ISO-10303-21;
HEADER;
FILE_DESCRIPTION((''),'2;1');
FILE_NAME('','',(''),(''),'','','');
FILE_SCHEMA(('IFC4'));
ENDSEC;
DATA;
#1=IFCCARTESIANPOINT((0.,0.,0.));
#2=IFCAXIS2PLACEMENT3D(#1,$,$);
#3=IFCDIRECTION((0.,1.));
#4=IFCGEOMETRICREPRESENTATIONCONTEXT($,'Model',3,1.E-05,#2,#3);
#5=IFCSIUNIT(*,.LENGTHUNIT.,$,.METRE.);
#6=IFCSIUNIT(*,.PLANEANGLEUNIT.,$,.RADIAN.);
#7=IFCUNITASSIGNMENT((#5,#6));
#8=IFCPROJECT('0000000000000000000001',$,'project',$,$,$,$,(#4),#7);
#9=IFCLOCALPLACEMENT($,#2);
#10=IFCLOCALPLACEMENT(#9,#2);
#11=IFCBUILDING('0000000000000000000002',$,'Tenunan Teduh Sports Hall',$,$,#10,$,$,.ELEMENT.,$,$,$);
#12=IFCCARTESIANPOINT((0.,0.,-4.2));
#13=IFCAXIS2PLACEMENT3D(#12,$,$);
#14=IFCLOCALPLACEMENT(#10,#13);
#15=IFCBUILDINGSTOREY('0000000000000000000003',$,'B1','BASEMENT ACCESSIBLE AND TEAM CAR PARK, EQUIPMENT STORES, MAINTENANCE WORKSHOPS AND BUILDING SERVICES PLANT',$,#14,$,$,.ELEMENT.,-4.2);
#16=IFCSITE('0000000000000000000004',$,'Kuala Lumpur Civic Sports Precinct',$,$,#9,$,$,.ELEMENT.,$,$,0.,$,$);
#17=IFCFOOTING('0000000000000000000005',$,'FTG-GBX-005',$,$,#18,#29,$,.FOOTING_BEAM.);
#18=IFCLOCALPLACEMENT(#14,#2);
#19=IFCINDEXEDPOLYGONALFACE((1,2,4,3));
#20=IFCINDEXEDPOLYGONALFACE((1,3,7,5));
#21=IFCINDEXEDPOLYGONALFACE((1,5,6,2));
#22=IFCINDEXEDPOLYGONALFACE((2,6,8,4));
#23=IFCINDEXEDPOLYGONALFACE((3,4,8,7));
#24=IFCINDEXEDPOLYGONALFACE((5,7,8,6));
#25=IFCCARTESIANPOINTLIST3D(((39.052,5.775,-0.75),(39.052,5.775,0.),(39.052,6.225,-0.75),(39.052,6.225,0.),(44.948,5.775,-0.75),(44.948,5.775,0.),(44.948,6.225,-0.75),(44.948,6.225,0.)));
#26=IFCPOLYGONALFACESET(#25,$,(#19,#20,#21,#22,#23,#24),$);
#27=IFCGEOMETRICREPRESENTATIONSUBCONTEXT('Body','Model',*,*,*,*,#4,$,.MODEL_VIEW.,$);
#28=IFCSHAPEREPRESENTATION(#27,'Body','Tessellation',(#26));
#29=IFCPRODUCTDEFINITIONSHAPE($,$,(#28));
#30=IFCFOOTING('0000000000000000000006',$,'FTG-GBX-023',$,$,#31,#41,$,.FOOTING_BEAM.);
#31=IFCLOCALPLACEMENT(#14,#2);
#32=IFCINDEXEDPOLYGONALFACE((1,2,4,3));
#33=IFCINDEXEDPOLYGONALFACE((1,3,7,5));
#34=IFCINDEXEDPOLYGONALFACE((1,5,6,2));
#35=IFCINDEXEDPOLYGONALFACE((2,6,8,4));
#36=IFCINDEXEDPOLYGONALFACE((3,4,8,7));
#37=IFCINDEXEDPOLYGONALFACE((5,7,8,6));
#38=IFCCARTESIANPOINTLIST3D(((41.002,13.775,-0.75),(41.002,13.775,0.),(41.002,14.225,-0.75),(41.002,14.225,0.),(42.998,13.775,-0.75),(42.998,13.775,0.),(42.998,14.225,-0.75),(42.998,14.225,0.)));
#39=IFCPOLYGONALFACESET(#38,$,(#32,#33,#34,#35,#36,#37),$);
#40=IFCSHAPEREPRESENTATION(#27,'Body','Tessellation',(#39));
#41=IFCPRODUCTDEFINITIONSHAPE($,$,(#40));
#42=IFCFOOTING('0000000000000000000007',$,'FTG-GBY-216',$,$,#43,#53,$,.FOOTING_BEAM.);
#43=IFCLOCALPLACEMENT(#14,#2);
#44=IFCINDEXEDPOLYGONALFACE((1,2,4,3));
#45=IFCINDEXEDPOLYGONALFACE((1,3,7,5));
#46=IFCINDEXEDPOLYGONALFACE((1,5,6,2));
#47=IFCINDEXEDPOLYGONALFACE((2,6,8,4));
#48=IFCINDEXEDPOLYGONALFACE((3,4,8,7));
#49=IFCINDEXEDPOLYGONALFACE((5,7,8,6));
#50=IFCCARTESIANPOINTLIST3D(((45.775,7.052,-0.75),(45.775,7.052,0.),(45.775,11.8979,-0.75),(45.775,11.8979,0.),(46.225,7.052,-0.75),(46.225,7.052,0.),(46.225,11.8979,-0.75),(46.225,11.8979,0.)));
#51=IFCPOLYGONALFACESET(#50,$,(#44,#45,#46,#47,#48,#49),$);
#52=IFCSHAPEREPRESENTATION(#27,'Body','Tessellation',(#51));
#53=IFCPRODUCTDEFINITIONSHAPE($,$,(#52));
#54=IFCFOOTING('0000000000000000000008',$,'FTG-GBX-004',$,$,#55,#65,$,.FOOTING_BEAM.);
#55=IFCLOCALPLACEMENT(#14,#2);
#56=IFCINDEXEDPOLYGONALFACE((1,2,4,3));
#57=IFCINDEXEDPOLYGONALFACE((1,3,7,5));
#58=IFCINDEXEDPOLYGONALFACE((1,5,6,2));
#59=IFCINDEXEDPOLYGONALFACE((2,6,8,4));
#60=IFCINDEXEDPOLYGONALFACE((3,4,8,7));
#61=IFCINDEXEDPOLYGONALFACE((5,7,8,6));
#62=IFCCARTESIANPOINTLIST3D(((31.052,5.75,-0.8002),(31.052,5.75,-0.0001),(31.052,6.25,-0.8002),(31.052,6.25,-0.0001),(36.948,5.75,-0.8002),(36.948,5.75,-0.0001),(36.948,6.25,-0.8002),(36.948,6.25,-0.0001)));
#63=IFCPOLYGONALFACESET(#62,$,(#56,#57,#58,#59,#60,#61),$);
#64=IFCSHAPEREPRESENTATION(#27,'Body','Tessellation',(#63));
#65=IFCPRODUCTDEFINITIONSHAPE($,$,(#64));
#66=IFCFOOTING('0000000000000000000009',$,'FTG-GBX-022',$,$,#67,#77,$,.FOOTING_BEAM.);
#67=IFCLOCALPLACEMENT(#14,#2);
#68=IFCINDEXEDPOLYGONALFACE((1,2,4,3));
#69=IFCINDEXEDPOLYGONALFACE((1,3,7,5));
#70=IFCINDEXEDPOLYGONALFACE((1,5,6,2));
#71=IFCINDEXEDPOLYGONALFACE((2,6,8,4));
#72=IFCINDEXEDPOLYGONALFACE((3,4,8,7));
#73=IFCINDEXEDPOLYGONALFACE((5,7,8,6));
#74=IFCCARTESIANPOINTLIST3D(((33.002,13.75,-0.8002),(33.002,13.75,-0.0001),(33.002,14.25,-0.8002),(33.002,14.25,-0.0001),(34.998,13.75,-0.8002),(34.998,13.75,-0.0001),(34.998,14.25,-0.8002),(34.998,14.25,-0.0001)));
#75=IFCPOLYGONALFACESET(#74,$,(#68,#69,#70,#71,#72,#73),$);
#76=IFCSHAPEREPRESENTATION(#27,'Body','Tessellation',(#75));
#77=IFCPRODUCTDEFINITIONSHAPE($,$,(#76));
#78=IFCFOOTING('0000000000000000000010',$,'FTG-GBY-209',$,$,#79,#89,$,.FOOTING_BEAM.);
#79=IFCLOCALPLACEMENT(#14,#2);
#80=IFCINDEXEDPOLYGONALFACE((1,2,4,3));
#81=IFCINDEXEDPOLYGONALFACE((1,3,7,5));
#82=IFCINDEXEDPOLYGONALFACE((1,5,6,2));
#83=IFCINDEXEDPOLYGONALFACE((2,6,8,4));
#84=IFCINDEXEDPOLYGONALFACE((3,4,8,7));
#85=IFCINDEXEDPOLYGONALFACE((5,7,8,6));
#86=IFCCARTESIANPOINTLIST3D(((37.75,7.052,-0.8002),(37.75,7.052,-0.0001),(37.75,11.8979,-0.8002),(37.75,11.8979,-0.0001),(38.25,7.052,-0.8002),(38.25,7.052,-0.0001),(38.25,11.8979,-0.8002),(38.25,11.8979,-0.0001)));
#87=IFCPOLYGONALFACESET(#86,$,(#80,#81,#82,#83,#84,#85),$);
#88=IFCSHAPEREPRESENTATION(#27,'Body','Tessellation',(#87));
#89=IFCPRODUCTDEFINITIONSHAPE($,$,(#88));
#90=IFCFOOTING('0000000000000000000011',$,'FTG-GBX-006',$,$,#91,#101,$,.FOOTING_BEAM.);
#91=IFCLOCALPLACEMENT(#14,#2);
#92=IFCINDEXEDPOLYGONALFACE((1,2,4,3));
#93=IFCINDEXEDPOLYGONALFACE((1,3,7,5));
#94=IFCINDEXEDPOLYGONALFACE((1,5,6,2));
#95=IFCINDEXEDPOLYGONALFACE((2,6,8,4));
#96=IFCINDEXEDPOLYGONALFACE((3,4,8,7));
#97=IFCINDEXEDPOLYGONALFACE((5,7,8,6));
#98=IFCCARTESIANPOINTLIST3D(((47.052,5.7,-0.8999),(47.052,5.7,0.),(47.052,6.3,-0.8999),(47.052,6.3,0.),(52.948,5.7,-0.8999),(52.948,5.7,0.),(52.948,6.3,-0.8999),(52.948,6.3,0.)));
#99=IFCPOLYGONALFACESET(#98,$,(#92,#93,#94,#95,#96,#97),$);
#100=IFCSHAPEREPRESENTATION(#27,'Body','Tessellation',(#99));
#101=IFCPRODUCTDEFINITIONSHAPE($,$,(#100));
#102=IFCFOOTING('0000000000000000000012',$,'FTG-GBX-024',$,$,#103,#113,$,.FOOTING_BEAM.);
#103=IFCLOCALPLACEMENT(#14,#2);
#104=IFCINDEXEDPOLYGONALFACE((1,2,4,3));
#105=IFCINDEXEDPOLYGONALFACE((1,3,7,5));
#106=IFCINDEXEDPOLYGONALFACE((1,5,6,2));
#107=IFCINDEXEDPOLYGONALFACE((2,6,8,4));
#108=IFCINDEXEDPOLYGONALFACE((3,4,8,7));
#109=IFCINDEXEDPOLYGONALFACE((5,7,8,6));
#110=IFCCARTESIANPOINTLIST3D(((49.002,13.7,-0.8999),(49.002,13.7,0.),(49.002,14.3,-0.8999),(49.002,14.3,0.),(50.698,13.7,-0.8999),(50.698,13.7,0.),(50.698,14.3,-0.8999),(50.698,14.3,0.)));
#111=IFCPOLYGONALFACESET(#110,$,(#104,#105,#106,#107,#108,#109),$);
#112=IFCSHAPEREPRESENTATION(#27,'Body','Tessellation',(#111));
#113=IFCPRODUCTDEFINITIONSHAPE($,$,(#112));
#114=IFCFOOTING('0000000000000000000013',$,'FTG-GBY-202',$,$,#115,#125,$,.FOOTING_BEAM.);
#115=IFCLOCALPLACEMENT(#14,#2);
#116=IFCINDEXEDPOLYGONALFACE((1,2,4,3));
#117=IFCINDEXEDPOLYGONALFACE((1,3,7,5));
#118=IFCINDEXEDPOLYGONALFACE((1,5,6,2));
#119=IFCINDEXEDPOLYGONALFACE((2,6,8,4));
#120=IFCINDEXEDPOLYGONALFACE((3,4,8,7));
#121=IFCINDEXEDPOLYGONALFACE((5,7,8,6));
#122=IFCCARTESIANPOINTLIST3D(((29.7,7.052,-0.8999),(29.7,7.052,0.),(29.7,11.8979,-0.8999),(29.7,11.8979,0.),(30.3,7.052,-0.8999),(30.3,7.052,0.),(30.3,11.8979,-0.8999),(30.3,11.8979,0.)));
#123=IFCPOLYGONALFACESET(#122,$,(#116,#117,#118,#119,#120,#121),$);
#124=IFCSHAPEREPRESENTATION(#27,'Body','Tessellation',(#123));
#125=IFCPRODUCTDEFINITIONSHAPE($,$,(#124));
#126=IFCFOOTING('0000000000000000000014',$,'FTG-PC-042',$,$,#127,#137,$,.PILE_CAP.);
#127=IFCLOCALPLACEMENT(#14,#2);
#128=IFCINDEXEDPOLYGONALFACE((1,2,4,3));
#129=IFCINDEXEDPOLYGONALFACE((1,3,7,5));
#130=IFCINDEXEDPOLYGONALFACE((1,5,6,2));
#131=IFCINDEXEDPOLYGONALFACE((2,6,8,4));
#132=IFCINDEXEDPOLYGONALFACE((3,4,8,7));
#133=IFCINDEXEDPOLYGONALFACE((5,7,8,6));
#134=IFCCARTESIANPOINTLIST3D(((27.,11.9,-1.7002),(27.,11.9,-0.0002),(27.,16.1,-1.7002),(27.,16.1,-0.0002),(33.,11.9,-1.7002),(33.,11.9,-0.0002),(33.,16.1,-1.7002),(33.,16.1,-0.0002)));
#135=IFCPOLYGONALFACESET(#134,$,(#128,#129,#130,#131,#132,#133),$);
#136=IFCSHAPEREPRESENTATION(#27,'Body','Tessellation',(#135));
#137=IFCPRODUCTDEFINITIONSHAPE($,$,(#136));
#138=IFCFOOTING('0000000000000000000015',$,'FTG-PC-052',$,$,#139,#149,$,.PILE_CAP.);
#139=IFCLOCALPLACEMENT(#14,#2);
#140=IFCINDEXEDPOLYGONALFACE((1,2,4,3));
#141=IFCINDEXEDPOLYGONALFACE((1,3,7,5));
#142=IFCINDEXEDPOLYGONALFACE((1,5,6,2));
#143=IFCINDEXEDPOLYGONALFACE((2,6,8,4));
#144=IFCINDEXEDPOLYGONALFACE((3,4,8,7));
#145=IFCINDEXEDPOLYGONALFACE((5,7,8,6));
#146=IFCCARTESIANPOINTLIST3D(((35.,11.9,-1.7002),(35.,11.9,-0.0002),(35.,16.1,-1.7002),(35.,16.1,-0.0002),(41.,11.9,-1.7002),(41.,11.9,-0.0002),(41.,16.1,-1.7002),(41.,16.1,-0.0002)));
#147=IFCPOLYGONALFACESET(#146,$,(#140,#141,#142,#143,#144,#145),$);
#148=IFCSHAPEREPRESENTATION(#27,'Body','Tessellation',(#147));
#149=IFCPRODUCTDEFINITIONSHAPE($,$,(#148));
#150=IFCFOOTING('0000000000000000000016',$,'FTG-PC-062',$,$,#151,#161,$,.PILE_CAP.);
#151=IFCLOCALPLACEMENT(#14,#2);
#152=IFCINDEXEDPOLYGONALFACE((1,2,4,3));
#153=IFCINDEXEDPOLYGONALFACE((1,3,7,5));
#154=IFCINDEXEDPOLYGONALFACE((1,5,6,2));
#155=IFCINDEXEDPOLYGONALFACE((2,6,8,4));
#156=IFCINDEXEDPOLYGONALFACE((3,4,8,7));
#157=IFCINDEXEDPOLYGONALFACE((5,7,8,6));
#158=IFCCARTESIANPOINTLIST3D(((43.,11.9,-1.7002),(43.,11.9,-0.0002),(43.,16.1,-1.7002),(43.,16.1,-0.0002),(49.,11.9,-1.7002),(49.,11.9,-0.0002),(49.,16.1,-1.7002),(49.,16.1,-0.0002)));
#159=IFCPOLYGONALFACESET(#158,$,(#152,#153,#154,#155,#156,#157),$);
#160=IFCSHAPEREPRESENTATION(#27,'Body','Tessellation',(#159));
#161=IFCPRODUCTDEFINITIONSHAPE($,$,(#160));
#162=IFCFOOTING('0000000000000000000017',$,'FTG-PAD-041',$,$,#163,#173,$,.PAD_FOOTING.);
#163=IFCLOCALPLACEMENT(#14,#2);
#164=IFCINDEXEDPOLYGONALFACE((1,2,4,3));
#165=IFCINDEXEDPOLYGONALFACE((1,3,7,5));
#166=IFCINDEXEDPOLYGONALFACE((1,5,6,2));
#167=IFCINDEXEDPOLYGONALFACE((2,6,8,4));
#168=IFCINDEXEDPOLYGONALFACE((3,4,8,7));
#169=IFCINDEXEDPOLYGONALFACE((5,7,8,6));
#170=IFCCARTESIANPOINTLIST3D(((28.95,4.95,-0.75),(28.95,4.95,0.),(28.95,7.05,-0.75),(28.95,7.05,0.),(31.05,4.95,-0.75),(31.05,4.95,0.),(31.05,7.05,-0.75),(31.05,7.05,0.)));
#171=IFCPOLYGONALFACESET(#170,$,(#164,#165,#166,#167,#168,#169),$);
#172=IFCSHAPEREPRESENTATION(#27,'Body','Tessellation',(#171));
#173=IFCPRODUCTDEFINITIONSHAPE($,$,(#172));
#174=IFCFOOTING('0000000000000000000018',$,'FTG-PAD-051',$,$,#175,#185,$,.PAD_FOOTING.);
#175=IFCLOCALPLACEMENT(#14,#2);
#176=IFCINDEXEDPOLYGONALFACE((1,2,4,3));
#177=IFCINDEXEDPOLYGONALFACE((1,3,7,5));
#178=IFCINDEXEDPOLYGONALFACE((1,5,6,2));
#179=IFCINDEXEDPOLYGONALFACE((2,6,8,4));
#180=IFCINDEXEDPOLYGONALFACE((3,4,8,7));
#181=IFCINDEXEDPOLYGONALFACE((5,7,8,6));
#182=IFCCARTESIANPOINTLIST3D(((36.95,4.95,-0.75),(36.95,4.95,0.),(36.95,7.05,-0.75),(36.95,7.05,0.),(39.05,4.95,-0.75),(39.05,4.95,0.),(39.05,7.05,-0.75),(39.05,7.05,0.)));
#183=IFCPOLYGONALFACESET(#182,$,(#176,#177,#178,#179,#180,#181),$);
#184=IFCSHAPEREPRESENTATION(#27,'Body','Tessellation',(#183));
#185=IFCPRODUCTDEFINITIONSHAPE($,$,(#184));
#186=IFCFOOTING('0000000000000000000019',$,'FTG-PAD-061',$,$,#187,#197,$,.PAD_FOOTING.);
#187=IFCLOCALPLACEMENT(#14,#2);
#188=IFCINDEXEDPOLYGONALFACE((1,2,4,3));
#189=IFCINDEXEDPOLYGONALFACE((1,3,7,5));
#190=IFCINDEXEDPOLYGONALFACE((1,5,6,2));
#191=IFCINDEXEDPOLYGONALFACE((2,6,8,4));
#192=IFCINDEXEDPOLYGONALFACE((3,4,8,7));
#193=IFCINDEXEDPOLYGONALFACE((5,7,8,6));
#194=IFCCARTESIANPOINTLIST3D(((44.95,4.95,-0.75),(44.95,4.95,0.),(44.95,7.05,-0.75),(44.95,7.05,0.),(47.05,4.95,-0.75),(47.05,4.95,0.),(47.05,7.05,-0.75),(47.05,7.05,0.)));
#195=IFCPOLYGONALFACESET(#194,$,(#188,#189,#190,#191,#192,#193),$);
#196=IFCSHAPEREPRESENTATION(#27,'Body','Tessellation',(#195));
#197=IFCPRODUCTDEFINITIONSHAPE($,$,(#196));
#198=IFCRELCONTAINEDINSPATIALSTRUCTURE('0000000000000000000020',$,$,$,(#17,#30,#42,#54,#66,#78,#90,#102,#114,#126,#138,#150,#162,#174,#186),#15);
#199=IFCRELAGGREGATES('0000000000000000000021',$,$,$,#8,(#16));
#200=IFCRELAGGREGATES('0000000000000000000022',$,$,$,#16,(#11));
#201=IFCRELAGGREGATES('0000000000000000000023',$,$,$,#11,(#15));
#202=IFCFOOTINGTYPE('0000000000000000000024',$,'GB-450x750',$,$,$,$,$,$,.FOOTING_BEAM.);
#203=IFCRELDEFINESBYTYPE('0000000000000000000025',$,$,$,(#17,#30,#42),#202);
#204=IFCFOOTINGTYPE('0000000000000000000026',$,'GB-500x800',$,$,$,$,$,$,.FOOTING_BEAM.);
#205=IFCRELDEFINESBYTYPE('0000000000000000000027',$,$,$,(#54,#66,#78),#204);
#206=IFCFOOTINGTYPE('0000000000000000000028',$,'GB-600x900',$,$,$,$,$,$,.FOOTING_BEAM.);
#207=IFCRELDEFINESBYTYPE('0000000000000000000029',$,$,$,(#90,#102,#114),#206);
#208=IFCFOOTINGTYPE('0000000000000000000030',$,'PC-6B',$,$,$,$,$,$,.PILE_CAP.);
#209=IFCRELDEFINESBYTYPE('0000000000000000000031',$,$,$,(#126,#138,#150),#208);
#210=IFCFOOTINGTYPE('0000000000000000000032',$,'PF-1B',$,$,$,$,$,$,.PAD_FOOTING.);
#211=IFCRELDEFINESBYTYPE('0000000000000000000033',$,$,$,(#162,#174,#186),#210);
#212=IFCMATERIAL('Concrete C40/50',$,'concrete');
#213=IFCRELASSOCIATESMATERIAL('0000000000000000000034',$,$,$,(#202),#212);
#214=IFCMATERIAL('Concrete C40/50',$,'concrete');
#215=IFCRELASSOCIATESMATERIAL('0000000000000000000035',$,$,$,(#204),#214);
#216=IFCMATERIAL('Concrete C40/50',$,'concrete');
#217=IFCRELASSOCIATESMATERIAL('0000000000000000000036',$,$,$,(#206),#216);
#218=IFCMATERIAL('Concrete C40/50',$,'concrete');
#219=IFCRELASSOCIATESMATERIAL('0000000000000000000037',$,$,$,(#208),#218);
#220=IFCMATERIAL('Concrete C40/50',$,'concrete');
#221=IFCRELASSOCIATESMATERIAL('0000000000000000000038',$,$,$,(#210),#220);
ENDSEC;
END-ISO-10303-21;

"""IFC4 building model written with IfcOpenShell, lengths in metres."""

from ifc_helpers import new_model, si_unit, direction, frame, origin, origin_2d, place, context, subcontext, project, spatial, rectangle, extrude, material, material_profile, profile_set, type_object, element, save


model = new_model("IFC4")

# Units and contexts
model_context = context("Model", 3, precision=1e-05, world=origin(), true_north=direction((0.0, 1.0)))
body_context = subcontext(model_context, "Body", "Model", "MODEL_VIEW")
ifc_project = project(units=[si_unit("LENGTHUNIT", "METRE"), si_unit("PLANEANGLEUNIT", "RADIAN")], contexts=[model_context])

# Site, building, storey
site_placement = place(None, origin())
site = spatial("IfcSite", under=ifc_project, at=site_placement, Name="Kuala Lumpur Civic Sports Precinct", CompositionType="ELEMENT", RefElevation=0.0)
building_placement = place(site_placement, origin())
building = spatial("IfcBuilding", under=site, at=building_placement, Name="Tenunan Teduh Sports Hall", CompositionType="ELEMENT")
storey_placement = place(building_placement, frame((0.0, 0.0, -4.2)))
storey = spatial("IfcBuildingStorey", under=building, at=storey_placement, Name="B1", Description="BASEMENT ACCESSIBLE AND TEAM CAR PARK, EQUIPMENT STORES, MAINTENANCE WORKSHOPS AND BUILDING SERVICES PLANT", CompositionType="ELEMENT", Elevation=-4.2)

# Footings
ifc_material_1 = material(Name="Concrete C40/50", Category="concrete")
ifc_material_profile_1 = material_profile(ifc_material_1, rectangle(XDim=0.45, YDim=0.75, at=origin_2d()), Name="RCB 450x750")
ifc_profile_set_1 = profile_set([ifc_material_profile_1], Name="Concrete C40/50")
footing_type_1 = type_object("IfcFootingType", Name="GB-450x750", PredefinedType="FOOTING_BEAM", material=ifc_profile_set_1)
footing_1_placement = place(storey_placement, frame((39.052, 6.0, -0.375), z_axis=(1.0, 0.0, 0.0), x_axis=(0.0, 1.0, 0.0)))
element("IfcFooting", 1, at=footing_1_placement, inside=storey, type_object=footing_type_1, Name="FTG-GBX-005", PredefinedType="FOOTING_BEAM", context=body_context, shape_type="SweptSolid", body=[
    extrude(rectangle(XDim=0.45, YDim=0.75, at=origin_2d()), origin(), (0.0, 0.0, 1.0), 5.896),
])
footing_2_placement = place(storey_placement, frame((41.002, 14.0, -0.375), z_axis=(1.0, 0.0, 0.0), x_axis=(0.0, 1.0, 0.0)))
element("IfcFooting", 2, at=footing_2_placement, inside=storey, type_object=footing_type_1, Name="FTG-GBX-023", PredefinedType="FOOTING_BEAM", context=body_context, shape_type="SweptSolid", body=[
    extrude(rectangle(XDim=0.45, YDim=0.75, at=origin_2d()), origin(), (0.0, 0.0, 1.0), 1.9961),
])
footing_3_placement = place(storey_placement, frame((46.0, 7.052, -0.375), z_axis=(0.0, 1.0, 0.0), x_axis=(-1.0, 0.0, 0.0)))
element("IfcFooting", 3, at=footing_3_placement, inside=storey, type_object=footing_type_1, Name="FTG-GBY-216", PredefinedType="FOOTING_BEAM", context=body_context, shape_type="SweptSolid", body=[
    extrude(rectangle(XDim=0.45, YDim=0.75, at=origin_2d()), origin(), (0.0, 0.0, 1.0), 4.8459),
])
ifc_material_2 = material(Name="Concrete C40/50", Category="concrete")
ifc_material_profile_2 = material_profile(ifc_material_2, rectangle(XDim=0.5, YDim=0.8, at=origin_2d()), Name="RCB 500x800")
ifc_profile_set_2 = profile_set([ifc_material_profile_2], Name="Concrete C40/50")
footing_type_2 = type_object("IfcFootingType", Name="GB-500x800", PredefinedType="FOOTING_BEAM", material=ifc_profile_set_2)
footing_4_placement = place(storey_placement, frame((31.052, 6.0, -0.4001), z_axis=(1.0, 0.0, 0.0), x_axis=(0.0, 1.0, 0.0)))
element("IfcFooting", 4, at=footing_4_placement, inside=storey, type_object=footing_type_2, Name="FTG-GBX-004", PredefinedType="FOOTING_BEAM", context=body_context, shape_type="SweptSolid", body=[
    extrude(rectangle(XDim=0.5, YDim=0.8, at=origin_2d()), origin(), (0.0, 0.0, 1.0), 5.896),
])
footing_5_placement = place(storey_placement, frame((33.002, 14.0, -0.4001), z_axis=(1.0, 0.0, 0.0), x_axis=(0.0, 1.0, 0.0)))
element("IfcFooting", 5, at=footing_5_placement, inside=storey, type_object=footing_type_2, Name="FTG-GBX-022", PredefinedType="FOOTING_BEAM", context=body_context, shape_type="SweptSolid", body=[
    extrude(rectangle(XDim=0.5, YDim=0.8, at=origin_2d()), origin(), (0.0, 0.0, 1.0), 1.9961),
])
footing_6_placement = place(storey_placement, frame((38.0, 7.052, -0.4001), z_axis=(0.0, 1.0, 0.0), x_axis=(-1.0, 0.0, 0.0)))
element("IfcFooting", 6, at=footing_6_placement, inside=storey, type_object=footing_type_2, Name="FTG-GBY-209", PredefinedType="FOOTING_BEAM", context=body_context, shape_type="SweptSolid", body=[
    extrude(rectangle(XDim=0.5, YDim=0.8, at=origin_2d()), origin(), (0.0, 0.0, 1.0), 4.8459),
])
ifc_material_3 = material(Name="Concrete C40/50", Category="concrete")
ifc_material_profile_3 = material_profile(ifc_material_3, rectangle(XDim=0.6001, YDim=0.8999, at=origin_2d()), Name="RCB 600x900")
ifc_profile_set_3 = profile_set([ifc_material_profile_3], Name="Concrete C40/50")
footing_type_3 = type_object("IfcFootingType", Name="GB-600x900", PredefinedType="FOOTING_BEAM", material=ifc_profile_set_3)
footing_7_placement = place(storey_placement, frame((47.052, 6.0, -0.45), z_axis=(1.0, 0.0, 0.0), x_axis=(0.0, 1.0, 0.0)))
element("IfcFooting", 7, at=footing_7_placement, inside=storey, type_object=footing_type_3, Name="FTG-GBX-006", PredefinedType="FOOTING_BEAM", context=body_context, shape_type="SweptSolid", body=[
    extrude(rectangle(XDim=0.6001, YDim=0.8999, at=origin_2d()), origin(), (0.0, 0.0, 1.0), 5.896),
])
footing_8_placement = place(storey_placement, frame((49.002, 14.0, -0.45), z_axis=(1.0, 0.0, 0.0), x_axis=(0.0, 1.0, 0.0)))
element("IfcFooting", 8, at=footing_8_placement, inside=storey, type_object=footing_type_3, Name="FTG-GBX-024", PredefinedType="FOOTING_BEAM", context=body_context, shape_type="SweptSolid", body=[
    extrude(rectangle(XDim=0.6001, YDim=0.8999, at=origin_2d()), origin(), (0.0, 0.0, 1.0), 1.696),
])
footing_9_placement = place(storey_placement, frame((30.0, 7.052, -0.45), z_axis=(0.0, 1.0, 0.0), x_axis=(-1.0, 0.0, 0.0)))
element("IfcFooting", 9, at=footing_9_placement, inside=storey, type_object=footing_type_3, Name="FTG-GBY-202", PredefinedType="FOOTING_BEAM", context=body_context, shape_type="SweptSolid", body=[
    extrude(rectangle(XDim=0.6001, YDim=0.8999, at=origin_2d()), origin(), (0.0, 0.0, 1.0), 4.8459),
])
ifc_material_4 = material(Name="Concrete C40/50", Category="concrete")
footing_type_4 = type_object("IfcFootingType", Name="PC-6B", PredefinedType="PILE_CAP", material=ifc_material_4)
for number, where, z_axis, x_axis, name in (
    (10, (30.0, 14.0, -1.7002), (0.0, 0.0, 1.0), (1.0, 0.0, 0.0), "FTG-PC-042"),
    (11, (38.0, 14.0, -1.7002), (0.0, 0.0, 1.0), (1.0, 0.0, 0.0), "FTG-PC-052"),
    (12, (46.0, 14.0, -1.7002), (0.0, 0.0, 1.0), (1.0, 0.0, 0.0), "FTG-PC-062"),
):
    element("IfcFooting", number, at=place(storey_placement, frame(where, z_axis=z_axis, x_axis=x_axis)), inside=storey, type_object=footing_type_4, Name=name, PredefinedType="PILE_CAP", context=body_context, shape_type="SweptSolid", body=[
        extrude(rectangle(XDim=6.0, YDim=4.2, at=origin_2d()), origin(), (0.0, 0.0, 1.0), 1.7),
    ])
ifc_material_5 = material(Name="Concrete C40/50", Category="concrete")
footing_type_5 = type_object("IfcFootingType", Name="PF-1B", PredefinedType="PAD_FOOTING", material=ifc_material_5)
for number, where, z_axis, x_axis, name in (
    (13, (30.0, 6.0, -0.75), (0.0, 0.0, 1.0), (1.0, 0.0, 0.0), "FTG-PAD-041"),
    (14, (38.0, 6.0, -0.75), (0.0, 0.0, 1.0), (1.0, 0.0, 0.0), "FTG-PAD-051"),
    (15, (46.0, 6.0, -0.75), (0.0, 0.0, 1.0), (1.0, 0.0, 0.0), "FTG-PAD-061"),
):
    element("IfcFooting", number, at=place(storey_placement, frame(where, z_axis=z_axis, x_axis=x_axis)), inside=storey, type_object=footing_type_5, Name=name, PredefinedType="PAD_FOOTING", context=body_context, shape_type="SweptSolid", body=[
        extrude(rectangle(XDim=2.1001, YDim=2.1001, at=origin_2d()), origin(), (0.0, 0.0, 1.0), 0.75),
    ])

save(model, "model.ifc")
